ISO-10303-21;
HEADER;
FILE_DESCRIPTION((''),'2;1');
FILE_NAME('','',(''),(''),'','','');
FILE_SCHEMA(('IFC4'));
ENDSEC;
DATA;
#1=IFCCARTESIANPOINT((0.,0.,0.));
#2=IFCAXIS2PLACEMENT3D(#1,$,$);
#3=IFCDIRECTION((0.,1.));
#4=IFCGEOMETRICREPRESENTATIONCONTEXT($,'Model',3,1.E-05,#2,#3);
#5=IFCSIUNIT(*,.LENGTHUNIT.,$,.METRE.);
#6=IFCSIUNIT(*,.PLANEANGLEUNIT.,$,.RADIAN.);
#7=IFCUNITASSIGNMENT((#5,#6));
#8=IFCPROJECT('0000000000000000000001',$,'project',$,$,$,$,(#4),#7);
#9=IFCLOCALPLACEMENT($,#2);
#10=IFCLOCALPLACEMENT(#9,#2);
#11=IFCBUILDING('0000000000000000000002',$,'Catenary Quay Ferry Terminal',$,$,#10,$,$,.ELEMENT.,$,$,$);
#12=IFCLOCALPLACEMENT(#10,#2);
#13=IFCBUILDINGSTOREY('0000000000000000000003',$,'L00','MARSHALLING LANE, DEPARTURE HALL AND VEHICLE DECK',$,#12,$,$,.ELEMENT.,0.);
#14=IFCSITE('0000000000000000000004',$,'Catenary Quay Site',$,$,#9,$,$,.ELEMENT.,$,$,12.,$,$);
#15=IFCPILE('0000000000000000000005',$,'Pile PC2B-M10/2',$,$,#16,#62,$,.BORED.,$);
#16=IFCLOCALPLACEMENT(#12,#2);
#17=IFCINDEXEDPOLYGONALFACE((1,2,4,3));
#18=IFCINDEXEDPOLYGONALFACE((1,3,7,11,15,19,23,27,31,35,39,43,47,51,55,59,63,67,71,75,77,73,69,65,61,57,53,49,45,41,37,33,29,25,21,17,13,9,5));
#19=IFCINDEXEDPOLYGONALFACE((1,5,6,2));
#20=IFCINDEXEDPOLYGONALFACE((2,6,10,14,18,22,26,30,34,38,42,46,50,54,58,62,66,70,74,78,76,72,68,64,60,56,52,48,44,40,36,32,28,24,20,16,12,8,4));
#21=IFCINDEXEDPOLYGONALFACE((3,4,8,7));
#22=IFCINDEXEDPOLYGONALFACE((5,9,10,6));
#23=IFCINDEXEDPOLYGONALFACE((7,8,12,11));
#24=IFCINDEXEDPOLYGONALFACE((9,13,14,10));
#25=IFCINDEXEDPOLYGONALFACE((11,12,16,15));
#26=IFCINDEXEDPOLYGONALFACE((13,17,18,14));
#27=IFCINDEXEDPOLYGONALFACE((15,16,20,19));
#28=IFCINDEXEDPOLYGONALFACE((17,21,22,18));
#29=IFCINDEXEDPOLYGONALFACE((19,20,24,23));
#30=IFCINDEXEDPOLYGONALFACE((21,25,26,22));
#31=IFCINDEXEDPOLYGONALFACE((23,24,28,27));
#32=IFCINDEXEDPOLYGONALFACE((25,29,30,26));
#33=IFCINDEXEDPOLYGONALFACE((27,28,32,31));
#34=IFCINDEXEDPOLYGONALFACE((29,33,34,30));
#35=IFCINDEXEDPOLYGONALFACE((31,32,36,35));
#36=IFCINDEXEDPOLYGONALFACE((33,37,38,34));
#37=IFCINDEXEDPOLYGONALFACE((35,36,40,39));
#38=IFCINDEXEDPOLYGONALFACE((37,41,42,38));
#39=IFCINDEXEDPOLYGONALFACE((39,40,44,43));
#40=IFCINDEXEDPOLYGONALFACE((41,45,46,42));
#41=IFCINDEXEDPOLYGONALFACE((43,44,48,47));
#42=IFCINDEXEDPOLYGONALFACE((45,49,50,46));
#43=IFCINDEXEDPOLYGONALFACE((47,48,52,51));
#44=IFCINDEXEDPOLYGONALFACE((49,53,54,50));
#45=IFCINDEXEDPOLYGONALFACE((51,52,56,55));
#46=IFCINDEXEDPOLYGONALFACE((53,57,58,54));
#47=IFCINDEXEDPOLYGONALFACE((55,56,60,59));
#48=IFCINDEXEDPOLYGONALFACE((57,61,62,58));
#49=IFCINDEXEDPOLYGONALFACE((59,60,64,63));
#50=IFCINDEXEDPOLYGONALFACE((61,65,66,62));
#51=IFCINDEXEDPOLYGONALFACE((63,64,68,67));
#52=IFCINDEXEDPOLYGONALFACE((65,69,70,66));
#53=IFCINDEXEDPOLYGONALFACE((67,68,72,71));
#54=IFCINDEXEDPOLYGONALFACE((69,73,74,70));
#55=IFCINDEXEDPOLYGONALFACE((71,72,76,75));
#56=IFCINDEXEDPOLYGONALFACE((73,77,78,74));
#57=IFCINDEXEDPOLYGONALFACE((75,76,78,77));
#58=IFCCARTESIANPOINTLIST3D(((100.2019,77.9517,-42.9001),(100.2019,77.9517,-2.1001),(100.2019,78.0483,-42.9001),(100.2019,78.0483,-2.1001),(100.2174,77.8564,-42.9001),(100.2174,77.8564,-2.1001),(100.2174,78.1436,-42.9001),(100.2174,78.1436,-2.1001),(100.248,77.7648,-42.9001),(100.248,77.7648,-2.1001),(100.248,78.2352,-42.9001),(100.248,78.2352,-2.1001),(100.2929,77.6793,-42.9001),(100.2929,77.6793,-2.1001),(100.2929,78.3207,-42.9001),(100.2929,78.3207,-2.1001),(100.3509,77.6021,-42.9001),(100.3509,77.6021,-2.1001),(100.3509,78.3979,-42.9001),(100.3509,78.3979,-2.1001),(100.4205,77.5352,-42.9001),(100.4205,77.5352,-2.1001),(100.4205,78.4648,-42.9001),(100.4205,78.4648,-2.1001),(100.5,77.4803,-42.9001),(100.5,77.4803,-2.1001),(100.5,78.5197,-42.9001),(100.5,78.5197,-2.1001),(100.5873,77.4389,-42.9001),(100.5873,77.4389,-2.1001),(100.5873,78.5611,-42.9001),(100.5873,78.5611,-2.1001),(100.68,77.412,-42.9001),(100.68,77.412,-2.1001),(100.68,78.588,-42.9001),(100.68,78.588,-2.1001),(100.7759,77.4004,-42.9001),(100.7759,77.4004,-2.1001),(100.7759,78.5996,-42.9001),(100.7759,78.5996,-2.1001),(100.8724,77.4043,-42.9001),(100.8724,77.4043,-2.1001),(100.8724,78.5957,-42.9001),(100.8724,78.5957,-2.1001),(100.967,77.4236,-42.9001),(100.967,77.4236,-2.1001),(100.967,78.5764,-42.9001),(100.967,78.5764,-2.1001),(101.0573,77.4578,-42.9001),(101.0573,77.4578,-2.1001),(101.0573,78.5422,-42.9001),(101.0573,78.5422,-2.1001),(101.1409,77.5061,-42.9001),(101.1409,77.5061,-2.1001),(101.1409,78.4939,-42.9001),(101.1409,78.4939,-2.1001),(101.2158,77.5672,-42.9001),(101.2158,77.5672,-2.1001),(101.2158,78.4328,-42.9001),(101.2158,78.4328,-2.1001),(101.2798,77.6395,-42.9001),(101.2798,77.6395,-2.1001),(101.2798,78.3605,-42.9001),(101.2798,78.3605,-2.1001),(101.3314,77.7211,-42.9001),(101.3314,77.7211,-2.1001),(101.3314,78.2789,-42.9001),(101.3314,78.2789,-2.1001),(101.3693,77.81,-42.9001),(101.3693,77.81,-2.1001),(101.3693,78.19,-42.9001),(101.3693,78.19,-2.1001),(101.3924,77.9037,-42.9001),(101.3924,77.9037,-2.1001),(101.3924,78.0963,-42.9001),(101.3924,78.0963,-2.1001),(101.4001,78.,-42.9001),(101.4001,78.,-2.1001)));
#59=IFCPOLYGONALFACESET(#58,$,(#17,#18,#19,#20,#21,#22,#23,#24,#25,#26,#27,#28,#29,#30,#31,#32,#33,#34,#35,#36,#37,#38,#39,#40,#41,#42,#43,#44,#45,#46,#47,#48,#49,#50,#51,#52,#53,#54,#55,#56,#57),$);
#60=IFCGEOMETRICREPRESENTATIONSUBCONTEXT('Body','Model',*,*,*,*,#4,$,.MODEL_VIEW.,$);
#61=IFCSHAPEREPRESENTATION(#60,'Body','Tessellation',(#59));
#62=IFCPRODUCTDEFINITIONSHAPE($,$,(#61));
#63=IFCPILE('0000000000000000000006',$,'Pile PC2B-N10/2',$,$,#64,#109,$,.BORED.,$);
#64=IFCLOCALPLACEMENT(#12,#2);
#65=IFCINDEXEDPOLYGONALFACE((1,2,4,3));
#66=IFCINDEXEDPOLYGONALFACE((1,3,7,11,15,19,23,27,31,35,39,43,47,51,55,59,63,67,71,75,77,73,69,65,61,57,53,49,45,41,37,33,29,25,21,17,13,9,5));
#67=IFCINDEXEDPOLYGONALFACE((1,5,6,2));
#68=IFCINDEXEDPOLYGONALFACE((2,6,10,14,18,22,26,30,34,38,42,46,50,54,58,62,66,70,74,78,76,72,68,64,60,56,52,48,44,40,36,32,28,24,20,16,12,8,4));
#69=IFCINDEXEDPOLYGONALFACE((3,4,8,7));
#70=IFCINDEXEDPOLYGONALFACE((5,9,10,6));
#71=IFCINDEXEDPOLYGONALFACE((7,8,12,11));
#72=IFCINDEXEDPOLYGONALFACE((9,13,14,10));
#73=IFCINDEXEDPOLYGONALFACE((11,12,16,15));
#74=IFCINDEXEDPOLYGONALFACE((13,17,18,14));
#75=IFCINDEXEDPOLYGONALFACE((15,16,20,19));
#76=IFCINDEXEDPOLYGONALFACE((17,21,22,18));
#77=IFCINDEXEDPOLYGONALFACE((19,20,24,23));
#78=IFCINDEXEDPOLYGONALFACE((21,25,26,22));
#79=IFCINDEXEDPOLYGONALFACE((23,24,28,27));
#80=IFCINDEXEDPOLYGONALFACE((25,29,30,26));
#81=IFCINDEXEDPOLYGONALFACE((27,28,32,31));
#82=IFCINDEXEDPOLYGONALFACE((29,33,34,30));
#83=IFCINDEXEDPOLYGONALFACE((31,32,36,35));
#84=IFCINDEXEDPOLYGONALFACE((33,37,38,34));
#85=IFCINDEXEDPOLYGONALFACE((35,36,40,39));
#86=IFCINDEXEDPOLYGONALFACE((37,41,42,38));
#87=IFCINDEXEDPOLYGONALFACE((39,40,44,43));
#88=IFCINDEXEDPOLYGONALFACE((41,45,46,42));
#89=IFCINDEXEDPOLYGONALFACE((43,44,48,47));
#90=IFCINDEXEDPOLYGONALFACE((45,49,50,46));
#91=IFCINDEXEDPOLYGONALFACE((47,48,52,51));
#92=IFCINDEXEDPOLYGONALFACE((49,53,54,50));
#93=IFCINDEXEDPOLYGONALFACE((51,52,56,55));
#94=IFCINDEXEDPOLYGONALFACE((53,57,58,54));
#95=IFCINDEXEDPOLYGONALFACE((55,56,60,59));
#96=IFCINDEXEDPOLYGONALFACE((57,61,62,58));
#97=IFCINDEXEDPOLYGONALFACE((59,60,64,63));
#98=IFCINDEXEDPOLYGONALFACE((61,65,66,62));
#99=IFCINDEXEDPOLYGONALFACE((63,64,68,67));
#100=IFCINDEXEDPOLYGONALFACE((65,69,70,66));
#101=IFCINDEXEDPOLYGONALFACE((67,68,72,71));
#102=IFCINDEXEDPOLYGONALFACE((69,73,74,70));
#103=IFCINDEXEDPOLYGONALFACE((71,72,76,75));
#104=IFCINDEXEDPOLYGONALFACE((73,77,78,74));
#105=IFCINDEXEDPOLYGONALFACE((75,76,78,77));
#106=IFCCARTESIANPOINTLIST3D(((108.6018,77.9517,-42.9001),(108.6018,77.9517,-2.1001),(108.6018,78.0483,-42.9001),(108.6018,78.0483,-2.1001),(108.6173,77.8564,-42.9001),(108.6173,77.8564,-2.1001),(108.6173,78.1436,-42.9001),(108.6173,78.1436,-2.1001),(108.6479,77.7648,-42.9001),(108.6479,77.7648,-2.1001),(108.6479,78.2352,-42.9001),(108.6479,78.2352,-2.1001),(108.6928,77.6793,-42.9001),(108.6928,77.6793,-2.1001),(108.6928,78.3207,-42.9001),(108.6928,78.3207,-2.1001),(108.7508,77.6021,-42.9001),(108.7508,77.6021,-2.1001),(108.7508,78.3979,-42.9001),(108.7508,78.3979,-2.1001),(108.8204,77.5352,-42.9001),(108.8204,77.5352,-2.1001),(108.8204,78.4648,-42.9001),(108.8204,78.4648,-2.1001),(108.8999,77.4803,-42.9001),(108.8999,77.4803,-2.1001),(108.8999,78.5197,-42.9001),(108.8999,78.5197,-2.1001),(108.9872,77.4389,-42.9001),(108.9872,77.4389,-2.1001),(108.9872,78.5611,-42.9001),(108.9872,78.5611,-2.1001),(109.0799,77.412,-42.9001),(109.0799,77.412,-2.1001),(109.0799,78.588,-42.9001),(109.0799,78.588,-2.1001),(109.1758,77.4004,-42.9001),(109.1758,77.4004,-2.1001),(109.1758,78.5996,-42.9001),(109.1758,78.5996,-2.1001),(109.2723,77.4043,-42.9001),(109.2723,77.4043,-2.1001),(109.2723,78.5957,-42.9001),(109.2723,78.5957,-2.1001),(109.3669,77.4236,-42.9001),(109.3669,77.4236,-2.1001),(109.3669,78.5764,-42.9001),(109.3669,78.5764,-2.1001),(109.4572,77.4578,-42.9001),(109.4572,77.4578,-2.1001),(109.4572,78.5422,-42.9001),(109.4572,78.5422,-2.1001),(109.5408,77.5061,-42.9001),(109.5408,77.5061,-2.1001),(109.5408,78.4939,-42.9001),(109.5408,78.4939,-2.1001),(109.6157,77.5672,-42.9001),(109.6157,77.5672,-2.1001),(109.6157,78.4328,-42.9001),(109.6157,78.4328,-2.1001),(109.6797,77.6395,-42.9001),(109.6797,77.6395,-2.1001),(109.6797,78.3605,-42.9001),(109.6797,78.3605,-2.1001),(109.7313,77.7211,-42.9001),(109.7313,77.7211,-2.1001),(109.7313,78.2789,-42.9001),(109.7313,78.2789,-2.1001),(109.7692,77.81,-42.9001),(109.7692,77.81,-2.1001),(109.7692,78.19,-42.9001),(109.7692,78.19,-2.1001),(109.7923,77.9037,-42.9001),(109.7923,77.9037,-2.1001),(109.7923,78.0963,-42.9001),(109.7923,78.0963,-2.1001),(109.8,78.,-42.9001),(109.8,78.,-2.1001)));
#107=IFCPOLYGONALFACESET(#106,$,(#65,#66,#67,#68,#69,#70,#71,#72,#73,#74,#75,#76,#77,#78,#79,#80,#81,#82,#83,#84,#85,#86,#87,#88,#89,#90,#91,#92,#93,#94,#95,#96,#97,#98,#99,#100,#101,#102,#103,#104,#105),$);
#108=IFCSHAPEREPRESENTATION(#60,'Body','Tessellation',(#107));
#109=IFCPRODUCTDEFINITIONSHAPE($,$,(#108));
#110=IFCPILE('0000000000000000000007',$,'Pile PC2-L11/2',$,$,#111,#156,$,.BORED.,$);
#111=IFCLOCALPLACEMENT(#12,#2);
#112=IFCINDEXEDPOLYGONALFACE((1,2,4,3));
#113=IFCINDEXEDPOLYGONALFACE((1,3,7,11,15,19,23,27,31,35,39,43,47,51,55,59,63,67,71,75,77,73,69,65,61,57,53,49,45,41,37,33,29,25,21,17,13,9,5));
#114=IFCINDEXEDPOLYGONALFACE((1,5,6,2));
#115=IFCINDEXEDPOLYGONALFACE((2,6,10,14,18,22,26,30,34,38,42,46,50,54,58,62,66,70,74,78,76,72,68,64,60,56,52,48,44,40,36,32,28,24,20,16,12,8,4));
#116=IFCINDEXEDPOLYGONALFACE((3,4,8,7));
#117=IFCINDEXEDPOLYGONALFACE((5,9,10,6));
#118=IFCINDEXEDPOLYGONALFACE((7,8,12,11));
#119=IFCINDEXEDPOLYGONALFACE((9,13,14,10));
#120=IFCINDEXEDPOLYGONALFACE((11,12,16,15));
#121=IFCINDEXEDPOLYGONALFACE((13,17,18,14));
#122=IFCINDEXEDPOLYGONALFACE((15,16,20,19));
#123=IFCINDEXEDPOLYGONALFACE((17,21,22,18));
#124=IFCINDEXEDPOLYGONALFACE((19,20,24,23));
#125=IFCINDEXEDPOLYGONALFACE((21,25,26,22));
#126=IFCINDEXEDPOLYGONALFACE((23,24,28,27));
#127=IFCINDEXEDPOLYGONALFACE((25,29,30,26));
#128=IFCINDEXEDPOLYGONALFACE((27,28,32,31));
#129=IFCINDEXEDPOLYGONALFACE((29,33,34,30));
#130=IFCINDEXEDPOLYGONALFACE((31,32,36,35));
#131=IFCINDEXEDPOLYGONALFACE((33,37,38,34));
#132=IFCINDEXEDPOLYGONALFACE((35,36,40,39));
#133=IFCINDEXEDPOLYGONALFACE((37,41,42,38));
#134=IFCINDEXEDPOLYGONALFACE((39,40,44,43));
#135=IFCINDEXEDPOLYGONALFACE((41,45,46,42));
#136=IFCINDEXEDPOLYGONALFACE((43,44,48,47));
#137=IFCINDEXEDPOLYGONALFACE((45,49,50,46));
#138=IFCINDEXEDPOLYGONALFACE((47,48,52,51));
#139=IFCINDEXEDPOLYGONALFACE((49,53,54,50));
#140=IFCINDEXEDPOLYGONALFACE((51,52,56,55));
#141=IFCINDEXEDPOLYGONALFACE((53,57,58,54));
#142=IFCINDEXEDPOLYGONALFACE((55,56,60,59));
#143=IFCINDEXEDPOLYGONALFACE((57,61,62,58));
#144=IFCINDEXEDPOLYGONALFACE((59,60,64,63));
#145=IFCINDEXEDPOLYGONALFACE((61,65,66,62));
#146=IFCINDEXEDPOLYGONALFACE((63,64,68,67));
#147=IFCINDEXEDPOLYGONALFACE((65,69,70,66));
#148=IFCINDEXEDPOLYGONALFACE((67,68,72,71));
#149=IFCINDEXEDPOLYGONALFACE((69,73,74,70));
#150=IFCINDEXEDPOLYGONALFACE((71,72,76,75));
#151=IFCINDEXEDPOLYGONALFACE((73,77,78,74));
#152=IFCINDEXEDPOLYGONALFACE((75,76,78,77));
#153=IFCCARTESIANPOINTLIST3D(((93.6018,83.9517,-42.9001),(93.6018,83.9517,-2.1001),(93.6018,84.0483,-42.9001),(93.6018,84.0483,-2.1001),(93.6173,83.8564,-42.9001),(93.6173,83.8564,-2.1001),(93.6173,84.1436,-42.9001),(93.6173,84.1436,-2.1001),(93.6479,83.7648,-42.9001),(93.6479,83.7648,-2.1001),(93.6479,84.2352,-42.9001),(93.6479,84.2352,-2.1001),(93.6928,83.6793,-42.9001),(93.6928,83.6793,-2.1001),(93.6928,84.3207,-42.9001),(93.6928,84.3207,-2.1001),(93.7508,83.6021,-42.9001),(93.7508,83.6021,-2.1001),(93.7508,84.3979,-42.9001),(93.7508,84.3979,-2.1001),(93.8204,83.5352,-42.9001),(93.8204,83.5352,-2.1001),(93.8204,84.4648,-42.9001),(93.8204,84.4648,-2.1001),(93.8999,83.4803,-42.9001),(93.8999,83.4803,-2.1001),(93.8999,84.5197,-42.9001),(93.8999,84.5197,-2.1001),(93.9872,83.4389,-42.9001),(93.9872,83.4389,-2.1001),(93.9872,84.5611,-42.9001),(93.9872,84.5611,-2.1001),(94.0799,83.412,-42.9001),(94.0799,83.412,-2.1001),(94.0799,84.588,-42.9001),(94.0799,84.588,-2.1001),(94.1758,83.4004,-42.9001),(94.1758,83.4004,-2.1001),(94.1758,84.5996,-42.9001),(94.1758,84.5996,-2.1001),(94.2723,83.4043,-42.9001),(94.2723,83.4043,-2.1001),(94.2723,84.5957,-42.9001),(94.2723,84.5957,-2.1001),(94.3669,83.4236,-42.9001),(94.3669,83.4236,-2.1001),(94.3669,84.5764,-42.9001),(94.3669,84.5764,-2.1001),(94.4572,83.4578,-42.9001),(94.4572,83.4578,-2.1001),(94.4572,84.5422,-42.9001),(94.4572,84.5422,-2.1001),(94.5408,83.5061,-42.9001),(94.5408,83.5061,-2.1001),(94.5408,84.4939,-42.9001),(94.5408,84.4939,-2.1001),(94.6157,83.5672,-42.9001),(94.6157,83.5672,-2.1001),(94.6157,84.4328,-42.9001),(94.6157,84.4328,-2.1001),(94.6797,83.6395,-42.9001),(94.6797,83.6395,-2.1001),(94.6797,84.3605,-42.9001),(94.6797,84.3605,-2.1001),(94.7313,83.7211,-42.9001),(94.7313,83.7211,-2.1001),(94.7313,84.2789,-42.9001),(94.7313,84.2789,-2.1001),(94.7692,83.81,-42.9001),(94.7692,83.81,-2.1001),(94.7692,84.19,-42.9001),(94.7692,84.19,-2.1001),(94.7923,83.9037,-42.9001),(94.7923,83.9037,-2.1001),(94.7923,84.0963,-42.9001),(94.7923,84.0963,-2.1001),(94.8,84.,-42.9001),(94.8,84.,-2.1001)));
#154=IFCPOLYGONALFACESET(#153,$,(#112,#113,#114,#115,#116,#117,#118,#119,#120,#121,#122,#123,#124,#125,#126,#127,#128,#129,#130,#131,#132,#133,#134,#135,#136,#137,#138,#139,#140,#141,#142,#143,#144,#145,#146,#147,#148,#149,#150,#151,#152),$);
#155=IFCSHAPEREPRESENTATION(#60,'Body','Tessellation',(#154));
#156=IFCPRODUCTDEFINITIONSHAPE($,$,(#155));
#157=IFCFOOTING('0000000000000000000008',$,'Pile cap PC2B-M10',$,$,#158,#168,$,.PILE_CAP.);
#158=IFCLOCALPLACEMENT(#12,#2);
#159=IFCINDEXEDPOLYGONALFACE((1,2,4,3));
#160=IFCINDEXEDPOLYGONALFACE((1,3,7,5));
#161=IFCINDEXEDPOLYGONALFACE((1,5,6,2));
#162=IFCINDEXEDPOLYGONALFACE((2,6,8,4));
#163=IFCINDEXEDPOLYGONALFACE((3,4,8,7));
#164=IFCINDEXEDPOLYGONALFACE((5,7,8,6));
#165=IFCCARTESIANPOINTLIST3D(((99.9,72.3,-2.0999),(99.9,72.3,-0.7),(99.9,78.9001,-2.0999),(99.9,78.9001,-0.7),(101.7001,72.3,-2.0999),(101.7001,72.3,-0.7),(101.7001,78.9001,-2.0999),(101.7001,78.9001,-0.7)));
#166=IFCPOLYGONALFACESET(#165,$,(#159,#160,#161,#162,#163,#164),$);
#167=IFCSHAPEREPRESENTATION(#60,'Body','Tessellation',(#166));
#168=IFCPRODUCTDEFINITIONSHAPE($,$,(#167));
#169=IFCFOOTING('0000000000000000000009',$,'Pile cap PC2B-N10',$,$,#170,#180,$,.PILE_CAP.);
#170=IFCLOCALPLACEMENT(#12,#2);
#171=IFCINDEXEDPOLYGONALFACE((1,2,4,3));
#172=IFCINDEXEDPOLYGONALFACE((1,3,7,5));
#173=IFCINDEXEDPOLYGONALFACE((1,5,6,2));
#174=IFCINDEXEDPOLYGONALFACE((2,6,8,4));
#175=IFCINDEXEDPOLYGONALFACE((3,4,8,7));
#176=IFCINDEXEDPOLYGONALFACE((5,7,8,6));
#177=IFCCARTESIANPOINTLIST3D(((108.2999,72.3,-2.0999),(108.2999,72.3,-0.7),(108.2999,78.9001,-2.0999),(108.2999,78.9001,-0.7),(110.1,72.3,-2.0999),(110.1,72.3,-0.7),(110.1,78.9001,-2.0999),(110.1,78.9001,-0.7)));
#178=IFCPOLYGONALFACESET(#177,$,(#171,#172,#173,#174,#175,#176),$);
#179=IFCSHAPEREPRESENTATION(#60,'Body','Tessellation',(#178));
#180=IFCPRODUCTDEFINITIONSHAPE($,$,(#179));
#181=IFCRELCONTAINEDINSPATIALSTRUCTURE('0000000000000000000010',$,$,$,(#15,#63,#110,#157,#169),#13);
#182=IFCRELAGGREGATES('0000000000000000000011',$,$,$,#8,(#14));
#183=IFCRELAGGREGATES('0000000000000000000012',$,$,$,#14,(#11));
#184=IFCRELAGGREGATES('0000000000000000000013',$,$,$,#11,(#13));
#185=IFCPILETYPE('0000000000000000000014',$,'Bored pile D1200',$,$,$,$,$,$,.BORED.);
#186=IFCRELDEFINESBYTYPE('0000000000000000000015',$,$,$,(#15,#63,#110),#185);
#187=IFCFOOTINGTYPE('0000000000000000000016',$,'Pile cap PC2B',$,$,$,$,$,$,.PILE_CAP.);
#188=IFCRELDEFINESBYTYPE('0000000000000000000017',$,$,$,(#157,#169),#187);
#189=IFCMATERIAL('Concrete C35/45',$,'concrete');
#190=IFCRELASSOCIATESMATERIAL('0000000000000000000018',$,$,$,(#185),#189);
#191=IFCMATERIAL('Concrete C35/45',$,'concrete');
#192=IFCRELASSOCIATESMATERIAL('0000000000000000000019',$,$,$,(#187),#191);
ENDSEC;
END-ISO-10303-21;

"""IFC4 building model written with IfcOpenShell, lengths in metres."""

from ifc_helpers import new_model, si_unit, direction, frame, origin, origin_2d, place, context, subcontext, project, spatial, rectangle, circle, extrude, material, material_profile, profile_set, type_object, element, save


model = new_model("IFC4")

# Units and contexts
model_context = context("Model", 3, precision=1e-05, world=origin(), true_north=direction((0.0, 1.0)))
body_context = subcontext(model_context, "Body", "Model", "MODEL_VIEW")
ifc_project = project(units=[si_unit("LENGTHUNIT", "METRE"), si_unit("PLANEANGLEUNIT", "RADIAN")], contexts=[model_context])

# Site, building, storey
site_placement = place(None, origin())
site = spatial("IfcSite", under=ifc_project, at=site_placement, Name="Catenary Quay Site", CompositionType="ELEMENT", RefElevation=12.0)
building_placement = place(site_placement, origin())
building = spatial("IfcBuilding", under=site, at=building_placement, Name="Catenary Quay Ferry Terminal", CompositionType="ELEMENT")
storey_placement = place(building_placement, origin())
storey = spatial("IfcBuildingStorey", under=building, at=storey_placement, Name="L00", Description="MARSHALLING LANE, DEPARTURE HALL AND VEHICLE DECK", CompositionType="ELEMENT", Elevation=0.0)

# Piles
ifc_material_1 = material(Name="Concrete C35/45", Category="concrete")
ifc_material_profile_1 = material_profile(ifc_material_1, circle(Radius=0.6001, at=origin_2d()), Name="D1200")
ifc_profile_set_1 = profile_set([ifc_material_profile_1], Name="Concrete C35/45")
pile_type = type_object("IfcPileType", Name="Bored pile D1200", PredefinedType="BORED", material=ifc_profile_set_1)
for number, where, z_axis, x_axis, name in (
    (1, (100.8, 78.0, -2.1001), (0.0, 0.0, -1.0), (1.0, 0.0, 0.0), "Pile PC2B-M10/2"),
    (2, (109.2, 78.0, -2.1001), (0.0, 0.0, -1.0), (1.0, 0.0, 0.0), "Pile PC2B-N10/2"),
    (3, (94.2, 84.0, -2.1001), (0.0, 0.0, -1.0), (1.0, 0.0, 0.0), "Pile PC2-L11/2"),
):
    element("IfcPile", number, at=place(storey_placement, frame(where, z_axis=z_axis, x_axis=x_axis)), inside=storey, type_object=pile_type, Name=name, PredefinedType="BORED", context=body_context, shape_type="SweptSolid", body=[
        extrude(circle(Radius=0.6001, at=origin_2d()), origin(), (0.0, 0.0, 1.0), 40.8),
    ])

# Footings
ifc_material_2 = material(Name="Concrete C35/45", Category="concrete")
footing_type = type_object("IfcFootingType", Name="Pile cap PC2B", PredefinedType="PILE_CAP", material=ifc_material_2)
for number, where, z_axis, x_axis, name in (
    (4, (100.8, 75.6001, -2.0999), (0.0, 0.0, 1.0), (1.0, 0.0, 0.0), "Pile cap PC2B-M10"),
    (5, (109.2, 75.6001, -2.0999), (0.0, 0.0, 1.0), (1.0, 0.0, 0.0), "Pile cap PC2B-N10"),
):
    element("IfcFooting", number, at=place(storey_placement, frame(where, z_axis=z_axis, x_axis=x_axis)), inside=storey, type_object=footing_type, Name=name, PredefinedType="PILE_CAP", context=body_context, shape_type="SweptSolid", body=[
        extrude(rectangle(XDim=1.8, YDim=6.6001, at=origin_2d()), origin(), (0.0, 0.0, 1.0), 1.3999),
    ])

save(model, "model.ifc")
